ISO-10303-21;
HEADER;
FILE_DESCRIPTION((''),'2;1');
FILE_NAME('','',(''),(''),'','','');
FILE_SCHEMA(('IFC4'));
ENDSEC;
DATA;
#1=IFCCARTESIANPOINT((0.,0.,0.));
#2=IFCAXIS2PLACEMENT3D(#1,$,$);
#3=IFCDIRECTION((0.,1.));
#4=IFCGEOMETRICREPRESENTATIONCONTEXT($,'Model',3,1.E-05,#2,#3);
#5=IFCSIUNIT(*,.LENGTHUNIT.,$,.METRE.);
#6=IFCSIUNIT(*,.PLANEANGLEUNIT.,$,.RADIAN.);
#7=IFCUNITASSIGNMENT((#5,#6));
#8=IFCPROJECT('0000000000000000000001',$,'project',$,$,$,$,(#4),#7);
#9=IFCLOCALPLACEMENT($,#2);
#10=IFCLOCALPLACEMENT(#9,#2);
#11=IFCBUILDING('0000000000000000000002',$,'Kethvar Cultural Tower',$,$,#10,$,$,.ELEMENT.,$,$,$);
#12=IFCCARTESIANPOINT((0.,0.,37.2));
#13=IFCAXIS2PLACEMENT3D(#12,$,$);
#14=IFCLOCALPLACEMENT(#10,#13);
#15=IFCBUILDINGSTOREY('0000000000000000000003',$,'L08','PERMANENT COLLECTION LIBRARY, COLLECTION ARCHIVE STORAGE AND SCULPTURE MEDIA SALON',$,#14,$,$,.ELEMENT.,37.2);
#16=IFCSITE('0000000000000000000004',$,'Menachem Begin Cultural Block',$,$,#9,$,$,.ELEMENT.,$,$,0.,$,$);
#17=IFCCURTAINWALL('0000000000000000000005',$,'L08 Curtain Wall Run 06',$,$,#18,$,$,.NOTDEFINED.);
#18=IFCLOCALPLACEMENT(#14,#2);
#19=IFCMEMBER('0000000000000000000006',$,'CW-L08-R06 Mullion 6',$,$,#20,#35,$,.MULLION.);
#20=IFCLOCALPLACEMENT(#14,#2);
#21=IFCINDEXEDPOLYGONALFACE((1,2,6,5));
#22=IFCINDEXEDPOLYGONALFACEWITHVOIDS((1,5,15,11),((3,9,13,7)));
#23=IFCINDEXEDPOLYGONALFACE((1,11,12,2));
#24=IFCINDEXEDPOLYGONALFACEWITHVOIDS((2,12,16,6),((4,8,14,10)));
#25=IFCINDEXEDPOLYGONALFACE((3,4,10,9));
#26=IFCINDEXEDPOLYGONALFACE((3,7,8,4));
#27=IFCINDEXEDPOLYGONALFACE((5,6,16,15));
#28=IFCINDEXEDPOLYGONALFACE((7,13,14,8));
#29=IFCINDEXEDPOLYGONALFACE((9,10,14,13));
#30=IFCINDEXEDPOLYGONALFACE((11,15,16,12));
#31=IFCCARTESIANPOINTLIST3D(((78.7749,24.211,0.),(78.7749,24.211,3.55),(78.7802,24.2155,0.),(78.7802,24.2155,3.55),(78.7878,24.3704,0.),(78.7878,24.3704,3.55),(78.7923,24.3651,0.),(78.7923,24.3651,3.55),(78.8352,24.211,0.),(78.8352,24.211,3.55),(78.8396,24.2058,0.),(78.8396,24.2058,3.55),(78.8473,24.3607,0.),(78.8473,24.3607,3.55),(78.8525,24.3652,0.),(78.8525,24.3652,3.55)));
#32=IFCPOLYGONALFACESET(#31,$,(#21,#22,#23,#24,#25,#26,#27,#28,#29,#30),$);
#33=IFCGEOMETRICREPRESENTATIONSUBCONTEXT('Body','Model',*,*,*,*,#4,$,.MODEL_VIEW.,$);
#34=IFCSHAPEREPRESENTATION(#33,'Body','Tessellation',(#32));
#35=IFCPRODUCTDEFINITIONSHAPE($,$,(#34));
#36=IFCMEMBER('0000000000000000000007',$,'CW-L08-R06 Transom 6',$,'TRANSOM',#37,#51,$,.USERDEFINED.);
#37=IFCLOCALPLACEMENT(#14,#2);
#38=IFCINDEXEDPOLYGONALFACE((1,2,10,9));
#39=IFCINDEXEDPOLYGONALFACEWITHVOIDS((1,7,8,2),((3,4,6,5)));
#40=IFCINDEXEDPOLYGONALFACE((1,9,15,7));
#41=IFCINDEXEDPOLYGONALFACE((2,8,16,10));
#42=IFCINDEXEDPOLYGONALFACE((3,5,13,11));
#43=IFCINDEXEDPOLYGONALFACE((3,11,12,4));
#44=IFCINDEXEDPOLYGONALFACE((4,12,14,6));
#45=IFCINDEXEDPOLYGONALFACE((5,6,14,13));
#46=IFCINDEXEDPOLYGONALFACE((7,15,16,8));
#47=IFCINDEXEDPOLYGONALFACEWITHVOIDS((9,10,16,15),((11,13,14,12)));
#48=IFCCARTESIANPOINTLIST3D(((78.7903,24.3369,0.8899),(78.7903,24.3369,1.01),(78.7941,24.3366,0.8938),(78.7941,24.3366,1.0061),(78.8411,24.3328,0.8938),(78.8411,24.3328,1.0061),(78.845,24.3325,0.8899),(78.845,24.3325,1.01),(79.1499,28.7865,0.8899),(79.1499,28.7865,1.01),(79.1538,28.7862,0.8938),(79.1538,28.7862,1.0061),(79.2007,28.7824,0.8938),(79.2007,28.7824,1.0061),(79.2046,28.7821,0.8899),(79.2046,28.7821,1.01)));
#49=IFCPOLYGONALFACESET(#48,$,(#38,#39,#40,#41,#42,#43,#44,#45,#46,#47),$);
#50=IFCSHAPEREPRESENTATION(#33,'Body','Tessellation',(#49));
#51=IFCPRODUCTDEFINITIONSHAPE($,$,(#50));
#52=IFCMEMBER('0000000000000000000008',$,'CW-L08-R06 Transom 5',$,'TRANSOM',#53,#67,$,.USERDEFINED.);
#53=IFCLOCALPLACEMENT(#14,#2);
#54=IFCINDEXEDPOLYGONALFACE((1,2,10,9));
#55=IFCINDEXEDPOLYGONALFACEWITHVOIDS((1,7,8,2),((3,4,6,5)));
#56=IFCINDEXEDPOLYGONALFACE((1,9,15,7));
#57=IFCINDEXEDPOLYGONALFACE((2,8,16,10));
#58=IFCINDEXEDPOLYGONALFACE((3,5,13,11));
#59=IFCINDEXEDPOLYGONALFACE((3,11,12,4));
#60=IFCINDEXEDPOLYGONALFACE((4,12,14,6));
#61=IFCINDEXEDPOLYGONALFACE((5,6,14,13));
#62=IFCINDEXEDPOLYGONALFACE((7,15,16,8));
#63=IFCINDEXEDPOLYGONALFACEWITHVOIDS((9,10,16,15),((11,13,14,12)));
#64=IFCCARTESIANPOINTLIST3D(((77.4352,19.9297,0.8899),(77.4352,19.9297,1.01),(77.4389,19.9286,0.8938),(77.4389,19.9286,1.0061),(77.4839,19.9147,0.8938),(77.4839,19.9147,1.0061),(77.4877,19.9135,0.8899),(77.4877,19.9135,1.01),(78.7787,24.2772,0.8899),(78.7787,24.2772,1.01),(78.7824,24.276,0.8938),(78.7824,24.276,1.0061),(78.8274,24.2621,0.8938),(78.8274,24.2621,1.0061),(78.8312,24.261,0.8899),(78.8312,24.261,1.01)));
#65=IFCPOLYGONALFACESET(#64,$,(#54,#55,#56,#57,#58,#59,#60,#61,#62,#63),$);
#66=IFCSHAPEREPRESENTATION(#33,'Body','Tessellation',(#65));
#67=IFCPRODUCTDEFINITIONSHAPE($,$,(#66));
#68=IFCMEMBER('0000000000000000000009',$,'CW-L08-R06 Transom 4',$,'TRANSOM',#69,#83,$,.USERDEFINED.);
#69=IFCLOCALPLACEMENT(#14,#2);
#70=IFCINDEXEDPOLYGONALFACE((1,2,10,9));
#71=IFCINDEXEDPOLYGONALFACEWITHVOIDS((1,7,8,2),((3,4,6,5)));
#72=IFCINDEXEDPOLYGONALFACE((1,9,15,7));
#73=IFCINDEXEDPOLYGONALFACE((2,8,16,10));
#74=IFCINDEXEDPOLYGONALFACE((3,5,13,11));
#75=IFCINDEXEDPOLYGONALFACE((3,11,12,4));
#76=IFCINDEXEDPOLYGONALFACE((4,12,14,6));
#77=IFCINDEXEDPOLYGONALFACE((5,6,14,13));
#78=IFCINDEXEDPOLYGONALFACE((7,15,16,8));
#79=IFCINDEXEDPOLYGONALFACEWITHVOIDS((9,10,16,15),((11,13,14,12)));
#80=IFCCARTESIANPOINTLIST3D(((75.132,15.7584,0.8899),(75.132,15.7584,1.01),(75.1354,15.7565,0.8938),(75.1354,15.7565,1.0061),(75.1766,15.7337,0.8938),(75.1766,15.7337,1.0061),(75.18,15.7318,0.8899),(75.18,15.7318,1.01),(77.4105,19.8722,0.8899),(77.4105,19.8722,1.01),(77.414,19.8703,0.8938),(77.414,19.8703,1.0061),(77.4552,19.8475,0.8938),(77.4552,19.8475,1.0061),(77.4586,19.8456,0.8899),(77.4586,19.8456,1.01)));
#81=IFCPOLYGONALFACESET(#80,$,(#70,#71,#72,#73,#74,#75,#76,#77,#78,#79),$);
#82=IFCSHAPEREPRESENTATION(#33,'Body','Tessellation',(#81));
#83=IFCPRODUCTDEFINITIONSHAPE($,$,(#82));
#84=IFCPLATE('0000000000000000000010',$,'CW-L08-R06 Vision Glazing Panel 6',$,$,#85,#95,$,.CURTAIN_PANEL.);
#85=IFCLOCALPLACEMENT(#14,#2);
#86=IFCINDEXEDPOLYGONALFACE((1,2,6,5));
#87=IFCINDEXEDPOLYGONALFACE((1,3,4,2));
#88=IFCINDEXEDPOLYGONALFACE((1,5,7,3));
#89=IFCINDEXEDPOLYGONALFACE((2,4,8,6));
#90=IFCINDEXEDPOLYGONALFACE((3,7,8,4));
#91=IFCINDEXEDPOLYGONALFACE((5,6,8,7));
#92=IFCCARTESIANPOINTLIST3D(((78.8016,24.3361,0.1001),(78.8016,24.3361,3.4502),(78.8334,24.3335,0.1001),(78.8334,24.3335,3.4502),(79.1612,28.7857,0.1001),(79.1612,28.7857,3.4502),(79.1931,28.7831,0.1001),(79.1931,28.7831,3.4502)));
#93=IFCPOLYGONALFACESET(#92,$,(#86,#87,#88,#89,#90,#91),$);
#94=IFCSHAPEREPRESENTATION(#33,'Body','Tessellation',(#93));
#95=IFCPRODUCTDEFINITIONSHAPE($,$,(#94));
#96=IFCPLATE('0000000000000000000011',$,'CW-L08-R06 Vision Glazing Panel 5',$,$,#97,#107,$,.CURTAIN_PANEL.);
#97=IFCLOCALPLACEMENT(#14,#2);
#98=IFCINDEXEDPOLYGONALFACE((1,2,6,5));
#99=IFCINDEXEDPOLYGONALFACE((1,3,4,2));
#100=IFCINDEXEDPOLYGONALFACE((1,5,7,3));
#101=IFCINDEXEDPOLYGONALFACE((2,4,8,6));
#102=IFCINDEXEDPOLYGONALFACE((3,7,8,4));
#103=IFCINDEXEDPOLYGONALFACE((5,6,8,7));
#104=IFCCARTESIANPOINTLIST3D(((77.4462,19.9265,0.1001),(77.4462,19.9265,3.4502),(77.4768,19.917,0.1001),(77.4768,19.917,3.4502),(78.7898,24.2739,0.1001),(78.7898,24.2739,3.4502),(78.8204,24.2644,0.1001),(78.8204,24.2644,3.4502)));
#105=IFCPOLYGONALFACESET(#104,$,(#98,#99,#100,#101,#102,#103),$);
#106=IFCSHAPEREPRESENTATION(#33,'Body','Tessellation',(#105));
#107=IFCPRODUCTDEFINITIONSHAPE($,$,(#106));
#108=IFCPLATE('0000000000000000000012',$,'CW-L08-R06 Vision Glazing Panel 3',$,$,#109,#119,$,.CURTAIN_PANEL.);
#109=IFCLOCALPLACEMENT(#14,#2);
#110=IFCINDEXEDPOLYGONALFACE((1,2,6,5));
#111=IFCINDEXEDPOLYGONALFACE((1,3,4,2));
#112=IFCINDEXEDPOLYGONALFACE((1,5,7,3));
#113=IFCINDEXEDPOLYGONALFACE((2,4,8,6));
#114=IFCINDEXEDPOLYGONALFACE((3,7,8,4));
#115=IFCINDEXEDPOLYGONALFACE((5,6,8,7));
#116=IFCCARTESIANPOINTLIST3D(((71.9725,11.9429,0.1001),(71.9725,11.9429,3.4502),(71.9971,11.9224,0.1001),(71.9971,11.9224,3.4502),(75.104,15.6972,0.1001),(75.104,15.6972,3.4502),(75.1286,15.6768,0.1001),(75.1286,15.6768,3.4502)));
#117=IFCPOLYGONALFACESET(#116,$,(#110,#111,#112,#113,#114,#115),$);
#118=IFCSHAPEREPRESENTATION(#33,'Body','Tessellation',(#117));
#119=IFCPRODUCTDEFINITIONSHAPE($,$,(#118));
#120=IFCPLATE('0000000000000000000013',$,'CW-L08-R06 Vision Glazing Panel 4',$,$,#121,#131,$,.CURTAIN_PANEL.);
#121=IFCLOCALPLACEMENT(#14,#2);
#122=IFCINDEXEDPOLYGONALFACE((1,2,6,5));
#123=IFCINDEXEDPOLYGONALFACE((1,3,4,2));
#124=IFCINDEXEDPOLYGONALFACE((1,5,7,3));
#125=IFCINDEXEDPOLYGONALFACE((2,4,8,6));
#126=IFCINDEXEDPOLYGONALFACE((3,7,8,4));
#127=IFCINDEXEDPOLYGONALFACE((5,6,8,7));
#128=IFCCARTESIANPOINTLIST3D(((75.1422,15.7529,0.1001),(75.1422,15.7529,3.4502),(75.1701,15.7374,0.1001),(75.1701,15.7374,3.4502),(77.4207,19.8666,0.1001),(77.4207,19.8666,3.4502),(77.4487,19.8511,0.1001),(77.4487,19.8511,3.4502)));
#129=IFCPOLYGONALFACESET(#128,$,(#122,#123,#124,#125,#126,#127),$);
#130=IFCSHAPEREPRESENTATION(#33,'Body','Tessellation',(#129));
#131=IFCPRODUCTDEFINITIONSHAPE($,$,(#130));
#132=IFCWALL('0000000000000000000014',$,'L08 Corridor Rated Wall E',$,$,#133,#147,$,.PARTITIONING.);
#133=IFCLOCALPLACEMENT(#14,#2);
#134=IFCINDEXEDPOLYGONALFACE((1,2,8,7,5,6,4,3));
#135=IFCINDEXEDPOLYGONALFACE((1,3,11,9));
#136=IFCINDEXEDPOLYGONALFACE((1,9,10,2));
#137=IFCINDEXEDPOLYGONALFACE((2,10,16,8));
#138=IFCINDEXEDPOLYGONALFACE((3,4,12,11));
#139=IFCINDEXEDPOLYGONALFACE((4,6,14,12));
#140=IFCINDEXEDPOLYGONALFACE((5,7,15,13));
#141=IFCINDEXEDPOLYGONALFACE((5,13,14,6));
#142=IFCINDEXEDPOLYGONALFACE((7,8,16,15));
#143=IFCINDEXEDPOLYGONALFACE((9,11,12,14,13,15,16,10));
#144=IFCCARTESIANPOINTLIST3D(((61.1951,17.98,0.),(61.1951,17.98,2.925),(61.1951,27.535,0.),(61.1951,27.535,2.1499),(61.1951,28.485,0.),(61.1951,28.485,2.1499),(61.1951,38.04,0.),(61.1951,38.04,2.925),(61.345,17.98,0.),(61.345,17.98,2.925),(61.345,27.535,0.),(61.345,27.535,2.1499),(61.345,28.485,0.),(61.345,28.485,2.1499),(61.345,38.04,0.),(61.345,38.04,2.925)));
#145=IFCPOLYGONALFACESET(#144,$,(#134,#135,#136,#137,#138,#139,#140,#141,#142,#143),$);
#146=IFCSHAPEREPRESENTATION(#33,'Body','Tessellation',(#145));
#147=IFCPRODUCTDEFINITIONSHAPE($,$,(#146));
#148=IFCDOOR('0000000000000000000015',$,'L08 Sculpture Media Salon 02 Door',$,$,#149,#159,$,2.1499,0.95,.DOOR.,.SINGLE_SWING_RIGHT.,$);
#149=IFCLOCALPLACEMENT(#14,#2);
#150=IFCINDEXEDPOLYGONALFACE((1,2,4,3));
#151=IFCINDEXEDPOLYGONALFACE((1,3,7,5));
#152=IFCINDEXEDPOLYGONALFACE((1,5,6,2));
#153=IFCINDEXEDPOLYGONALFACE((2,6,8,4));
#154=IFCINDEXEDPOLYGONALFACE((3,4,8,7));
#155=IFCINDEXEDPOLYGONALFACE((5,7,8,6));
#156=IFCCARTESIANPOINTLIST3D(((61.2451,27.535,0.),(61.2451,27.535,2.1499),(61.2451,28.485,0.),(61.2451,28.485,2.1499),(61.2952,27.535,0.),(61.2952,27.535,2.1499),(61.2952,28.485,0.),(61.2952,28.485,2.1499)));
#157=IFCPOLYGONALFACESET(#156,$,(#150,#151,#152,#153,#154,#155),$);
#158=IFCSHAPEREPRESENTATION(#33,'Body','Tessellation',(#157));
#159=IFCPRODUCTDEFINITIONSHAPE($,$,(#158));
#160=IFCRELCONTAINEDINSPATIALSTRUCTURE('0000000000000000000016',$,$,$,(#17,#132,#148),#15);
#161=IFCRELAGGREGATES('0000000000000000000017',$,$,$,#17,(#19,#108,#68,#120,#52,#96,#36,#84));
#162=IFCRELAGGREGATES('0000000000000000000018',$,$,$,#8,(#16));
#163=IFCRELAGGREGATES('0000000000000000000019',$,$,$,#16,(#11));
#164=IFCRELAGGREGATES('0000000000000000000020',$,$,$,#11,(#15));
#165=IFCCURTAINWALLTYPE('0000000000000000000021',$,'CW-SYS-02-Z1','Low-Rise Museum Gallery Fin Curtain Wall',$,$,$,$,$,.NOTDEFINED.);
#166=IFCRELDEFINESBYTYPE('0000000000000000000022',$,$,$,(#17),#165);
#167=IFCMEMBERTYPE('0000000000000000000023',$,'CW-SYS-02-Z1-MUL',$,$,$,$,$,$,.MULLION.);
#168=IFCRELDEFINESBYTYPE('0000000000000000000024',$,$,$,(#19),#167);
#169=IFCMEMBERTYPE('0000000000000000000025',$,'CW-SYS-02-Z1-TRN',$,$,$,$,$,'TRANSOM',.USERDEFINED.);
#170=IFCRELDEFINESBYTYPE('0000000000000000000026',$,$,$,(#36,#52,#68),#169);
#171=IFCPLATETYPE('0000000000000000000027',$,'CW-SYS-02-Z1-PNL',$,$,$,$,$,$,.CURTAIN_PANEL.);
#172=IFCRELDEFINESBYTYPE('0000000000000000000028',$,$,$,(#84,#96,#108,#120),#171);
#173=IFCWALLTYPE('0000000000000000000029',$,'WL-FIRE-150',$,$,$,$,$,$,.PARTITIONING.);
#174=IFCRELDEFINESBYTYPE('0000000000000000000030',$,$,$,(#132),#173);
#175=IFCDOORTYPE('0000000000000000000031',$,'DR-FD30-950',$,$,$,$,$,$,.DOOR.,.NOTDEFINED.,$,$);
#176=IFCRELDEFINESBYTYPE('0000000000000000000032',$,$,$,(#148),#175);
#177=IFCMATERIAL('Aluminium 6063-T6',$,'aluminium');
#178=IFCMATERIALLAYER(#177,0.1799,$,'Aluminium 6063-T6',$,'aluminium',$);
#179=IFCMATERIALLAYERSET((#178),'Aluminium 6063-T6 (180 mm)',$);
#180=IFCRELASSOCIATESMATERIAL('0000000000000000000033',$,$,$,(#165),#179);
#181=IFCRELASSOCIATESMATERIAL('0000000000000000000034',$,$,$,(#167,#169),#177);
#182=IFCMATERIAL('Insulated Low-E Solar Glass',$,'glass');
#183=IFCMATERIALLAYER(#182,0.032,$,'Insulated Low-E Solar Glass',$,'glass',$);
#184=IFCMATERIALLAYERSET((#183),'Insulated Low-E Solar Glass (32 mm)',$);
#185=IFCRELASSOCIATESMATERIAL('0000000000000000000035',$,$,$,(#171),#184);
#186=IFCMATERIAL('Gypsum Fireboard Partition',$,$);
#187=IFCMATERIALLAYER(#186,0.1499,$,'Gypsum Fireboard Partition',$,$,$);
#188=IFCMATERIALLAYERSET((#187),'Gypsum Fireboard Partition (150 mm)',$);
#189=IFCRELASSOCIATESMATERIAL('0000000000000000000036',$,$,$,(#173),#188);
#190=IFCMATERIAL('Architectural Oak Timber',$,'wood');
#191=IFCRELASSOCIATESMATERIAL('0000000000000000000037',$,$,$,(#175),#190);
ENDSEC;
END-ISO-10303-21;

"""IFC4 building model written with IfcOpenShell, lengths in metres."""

from ifc_helpers import new_model, si_unit, direction, frame, frame_2d, origin, origin_2d, place, context, subcontext, project, spatial, rectangle, hollow_rectangle, extrude, source, transform, mapped, material, layer, layer_set, material_profile, profile_set, type_object, element, fill, aggregate, save


model = new_model("IFC4")

# Units and contexts
model_context = context("Model", 3, precision=1e-05, world=origin(), true_north=direction((0.0, 1.0)))
body_context = subcontext(model_context, "Body", "Model", "MODEL_VIEW")
ifc_project = project(units=[si_unit("LENGTHUNIT", "METRE"), si_unit("PLANEANGLEUNIT", "RADIAN")], contexts=[model_context])

# Site, building, storey
site_placement = place(None, origin())
site = spatial("IfcSite", under=ifc_project, at=site_placement, Name="Menachem Begin Cultural Block", CompositionType="ELEMENT", RefElevation=0.0)
building_placement = place(site_placement, origin())
building = spatial("IfcBuilding", under=site, at=building_placement, Name="Kethvar Cultural Tower", CompositionType="ELEMENT")
storey_placement = place(building_placement, frame((0.0, 0.0, 37.2)))
storey = spatial("IfcBuildingStorey", under=building, at=storey_placement, Name="L08", Description="PERMANENT COLLECTION LIBRARY, COLLECTION ARCHIVE STORAGE AND SCULPTURE MEDIA SALON", CompositionType="ELEMENT", Elevation=37.2)

# Curtain wall, members, plates
ifc_material_1 = material(Name="Aluminium 6063-T6", Category="aluminium")
ifc_layer_1 = layer(ifc_material_1, 0.1799, Name="Aluminium 6063-T6", Category="aluminium")
ifc_layer_set_1 = layer_set([ifc_layer_1], Name="Aluminium 6063-T6 (180 mm)")
curtain_wall_type = type_object("IfcCurtainWallType", Name="CW-SYS-02-Z1", Description="Low-Rise Museum Gallery Fin Curtain Wall", PredefinedType="NOTDEFINED", material=ifc_layer_set_1)
curtain_wall_placement = place(storey_placement, origin())
curtain_wall = element("IfcCurtainWall", 1, at=curtain_wall_placement, inside=storey, type_object=curtain_wall_type, Name="L08 Curtain Wall Run 06", PredefinedType="NOTDEFINED")
ifc_material_profile_1 = material_profile(ifc_material_1, hollow_rectangle(XDim=0.0649, YDim=0.1599, WallThickness=0.0049, at=origin_2d()), Name="Aluminium 6063-T6 — RHS160x65x5")
ifc_profile_set_1 = profile_set([ifc_material_profile_1], Name="Aluminium 6063-T6 — RHS160x65x5")
member_type_1 = type_object("IfcMemberType", Name="CW-SYS-02-Z1-MUL", PredefinedType="MULLION", material=ifc_profile_set_1)
shared_shape_1 = source(origin(), body_context, "Body", "SweptSolid", [
    extrude(hollow_rectangle(XDim=0.0649, YDim=0.1599, WallThickness=0.0049, at=origin_2d()), origin(), (0.0, 0.0, 1.0), 3.55),
])
member_1_placement = place(storey_placement, frame((78.8137, 24.2881, 0.0), z_axis=(0.0, 0.0, 1.0), x_axis=(-0.996749, 0.080564, 0.0)))
member_1 = element("IfcMember", 2, at=member_1_placement, type_object=member_type_1, Name="CW-L08-R06 Mullion 6", PredefinedType="MULLION", context=body_context, shape_type="MappedRepresentation", body=[
    mapped(shared_shape_1, transform((0.0, 0.0, 0.0), scale=1.0)),
])
ifc_material_profile_2 = material_profile(ifc_material_1, hollow_rectangle(XDim=0.0549, YDim=0.1201, WallThickness=0.0039, at=origin_2d()), Name="Aluminium 6063-T6 — RHS120x55x4")
ifc_profile_set_2 = profile_set([ifc_material_profile_2], Name="Aluminium 6063-T6 — RHS120x55x4")
member_type_2 = type_object("IfcMemberType", Name="CW-SYS-02-Z1-TRN", ElementType="TRANSOM", PredefinedType="USERDEFINED", material=ifc_profile_set_2)
shared_shape_2 = source(origin(), body_context, "Body", "SweptSolid", [
    extrude(hollow_rectangle(XDim=0.0549, YDim=0.1201, WallThickness=0.0039, at=origin_2d()), origin(), (0.0, 0.0, 1.0), 4.4641),
])
member_2_placement = place(storey_placement, frame((78.8176, 24.3347, 0.95), z_axis=(0.080556, 0.99675, 0.0), x_axis=(-0.99675, 0.080556, 0.0)))
member_2 = element("IfcMember", 3, at=member_2_placement, type_object=member_type_2, Name="CW-L08-R06 Transom 6", ObjectType="TRANSOM", PredefinedType="USERDEFINED", context=body_context, shape_type="MappedRepresentation", body=[
    mapped(shared_shape_2, transform((0.0, 0.0, 0.0), scale=1.0)),
])
shared_shape_3 = source(origin(), body_context, "Body", "SweptSolid", [
    extrude(hollow_rectangle(XDim=0.0549, YDim=0.1201, WallThickness=0.0039, at=origin_2d()), origin(), (0.0, 0.0, 1.0), 4.5503),
])
member_3_placement = place(storey_placement, frame((77.4614, 19.9216, 0.95), z_axis=(0.295258, 0.955418, 0.0), x_axis=(-0.955418, 0.295258, 0.0)))
member_3 = element("IfcMember", 4, at=member_3_placement, type_object=member_type_2, Name="CW-L08-R06 Transom 5", ObjectType="TRANSOM", PredefinedType="USERDEFINED", context=body_context, shape_type="MappedRepresentation", body=[
    mapped(shared_shape_3, transform((0.0, 0.0, 0.0), scale=1.0)),
])
shared_shape_4 = source(origin(), body_context, "Body", "SweptSolid", [
    extrude(hollow_rectangle(XDim=0.0549, YDim=0.1201, WallThickness=0.0039, at=origin_2d()), origin(), (0.0, 0.0, 1.0), 4.7026),
])
member_4_placement = place(storey_placement, frame((75.156, 15.7451, 0.95), z_axis=(0.484527, 0.874776, 0.0), x_axis=(-0.874776, 0.484527, 0.0)))
member_4 = element("IfcMember", 5, at=member_4_placement, type_object=member_type_2, Name="CW-L08-R06 Transom 4", ObjectType="TRANSOM", PredefinedType="USERDEFINED", context=body_context, shape_type="MappedRepresentation", body=[
    mapped(shared_shape_4, transform((0.0, 0.0, 0.0), scale=1.0)),
])
ifc_material_2 = material(Name="Insulated Low-E Solar Glass", Category="glass")
ifc_layer_2 = layer(ifc_material_2, 0.032, Name="Insulated Low-E Solar Glass", Category="glass")
ifc_layer_set_2 = layer_set([ifc_layer_2], Name="Insulated Low-E Solar Glass (32 mm)")
plate_type = type_object("IfcPlateType", Name="CW-SYS-02-Z1-PNL", PredefinedType="CURTAIN_PANEL", material=ifc_layer_set_2)
shared_shape_5 = source(origin(), body_context, "Body", "SweptSolid", [
    extrude(rectangle(XDim=4.4641, YDim=0.032, at=origin_2d()), origin(), (0.0, 0.0, 1.0), 3.3501),
])
plate_1_placement = place(storey_placement, frame((78.9973, 26.5596, 0.1001), z_axis=(0.0, 0.0, 1.0), x_axis=(0.080564, 0.996749, 0.0)))
plate_1 = element("IfcPlate", 6, at=plate_1_placement, type_object=plate_type, Name="CW-L08-R06 Vision Glazing Panel 6", PredefinedType="CURTAIN_PANEL", context=body_context, shape_type="MappedRepresentation", body=[
    mapped(shared_shape_5, transform((0.0, 0.0, 0.0), scale=1.0)),
])
shared_shape_6 = source(origin(), body_context, "Body", "SweptSolid", [
    extrude(rectangle(XDim=4.5503, YDim=0.032, at=origin_2d()), origin(), (0.0, 0.0, 1.0), 3.3501),
])
plate_2_placement = place(storey_placement, frame((78.1333, 22.0955, 0.1001), z_axis=(0.0, 0.0, 1.0), x_axis=(0.295275, 0.955412, 0.0)))
plate_2 = element("IfcPlate", 7, at=plate_2_placement, type_object=plate_type, Name="CW-L08-R06 Vision Glazing Panel 5", PredefinedType="CURTAIN_PANEL", context=body_context, shape_type="MappedRepresentation", body=[
    mapped(shared_shape_6, transform((0.0, 0.0, 0.0), scale=1.0)),
])
shared_shape_7 = source(origin(), body_context, "Body", "SweptSolid", [
    extrude(rectangle(XDim=4.8889, YDim=0.032, at=origin_2d()), origin(), (0.0, 0.0, 1.0), 3.3501),
])
plate_3_placement = place(storey_placement, frame((73.5505, 13.8098, 0.1001), z_axis=(0.0, 0.0, 1.0), x_axis=(0.640525, 0.767937, 0.0)))
plate_3 = element("IfcPlate", 8, at=plate_3_placement, type_object=plate_type, Name="CW-L08-R06 Vision Glazing Panel 3", PredefinedType="CURTAIN_PANEL", context=body_context, shape_type="MappedRepresentation", body=[
    mapped(shared_shape_7, transform((0.0, 0.0, 0.0), scale=1.0)),
])
shared_shape_8 = source(origin(), body_context, "Body", "SweptSolid", [
    extrude(rectangle(XDim=4.7026, YDim=0.032, at=origin_2d()), origin(), (0.0, 0.0, 1.0), 3.3501),
])
plate_4_placement = place(storey_placement, frame((76.2954, 17.802, 0.1001), z_axis=(0.0, 0.0, 1.0), x_axis=(0.48452, 0.87478, 0.0)))
plate_4 = element("IfcPlate", 9, at=plate_4_placement, type_object=plate_type, Name="CW-L08-R06 Vision Glazing Panel 4", PredefinedType="CURTAIN_PANEL", context=body_context, shape_type="MappedRepresentation", body=[
    mapped(shared_shape_8, transform((0.0, 0.0, 0.0), scale=1.0)),
])
aggregate(curtain_wall, [member_1, plate_3, member_4, plate_4, member_3, plate_2, member_2, plate_1])

# Wall, opening, door
ifc_material_3 = material(Name="Gypsum Fireboard Partition")
ifc_layer_3 = layer(ifc_material_3, 0.1499, Name="Gypsum Fireboard Partition")
ifc_layer_set_3 = layer_set([ifc_layer_3], Name="Gypsum Fireboard Partition (150 mm)")
wall_type_1 = type_object("IfcWallType", Name="WL-FIRE-150", PredefinedType="PARTITIONING", material=ifc_layer_set_3)
wall_1_placement = place(storey_placement, frame((61.27, 17.98, 0.0), z_axis=(0.0, 0.0, 1.0), x_axis=(0.0, 1.0, 0.0)))
wall_1 = element("IfcWall", 10, at=wall_1_placement, inside=storey, type_object=wall_type_1, Name="L08 Corridor Rated Wall E", PredefinedType="PARTITIONING", context=body_context, shape_type="SweptSolid", body=[
    extrude(rectangle(XDim=20.0601, YDim=0.1499, at=frame_2d((10.03, 0.0))), origin(), (0.0, 0.0, 1.0), 2.925),
])
opening_1_placement = place(wall_1_placement, frame((9.5549, 0.0, 0.0)))
opening_1 = element("IfcOpeningElement", 11, at=opening_1_placement, cuts=wall_1, PredefinedType="OPENING", context=body_context, shape_type="SweptSolid", body=[
    extrude(rectangle(XDim=0.95, YDim=2.1499, at=frame_2d((0.4751, 1.075))), frame((0.0, 0.085, 0.0), z_axis=(0.0, -1.0, 0.0), x_axis=(1.0, 0.0, 0.0)), (0.0, 0.0, 1.0), 0.1699),
])
ifc_material_4 = material(Name="Architectural Oak Timber", Category="wood")
door_type_1 = type_object("IfcDoorType", Name="DR-FD30-950", OperationType="NOTDEFINED", PredefinedType="DOOR", material=ifc_material_4)
shared_shape_9 = source(origin(), body_context, "Body", "SweptSolid", [
    extrude(rectangle(XDim=0.95, YDim=2.1499, at=frame_2d((0.4751, 1.075))), frame((0.0, 0.0249, 0.0), z_axis=(0.0, -1.0, 0.0), x_axis=(1.0, 0.0, 0.0)), (0.0, 0.0, 1.0), 0.05),
])
door_1_placement = place(opening_1_placement, origin())
door_1 = element("IfcDoor", 12, at=door_1_placement, inside=storey, type_object=door_type_1, Name="L08 Sculpture Media Salon 02 Door", OperationType="SINGLE_SWING_RIGHT", OverallHeight=2.1499, OverallWidth=0.95, PredefinedType="DOOR", context=body_context, shape_type="MappedRepresentation", body=[
    mapped(shared_shape_9, transform((0.0, 0.0, 0.0), scale=1.0)),
])
fill(opening_1, door_1)

save(model, "model.ifc")
